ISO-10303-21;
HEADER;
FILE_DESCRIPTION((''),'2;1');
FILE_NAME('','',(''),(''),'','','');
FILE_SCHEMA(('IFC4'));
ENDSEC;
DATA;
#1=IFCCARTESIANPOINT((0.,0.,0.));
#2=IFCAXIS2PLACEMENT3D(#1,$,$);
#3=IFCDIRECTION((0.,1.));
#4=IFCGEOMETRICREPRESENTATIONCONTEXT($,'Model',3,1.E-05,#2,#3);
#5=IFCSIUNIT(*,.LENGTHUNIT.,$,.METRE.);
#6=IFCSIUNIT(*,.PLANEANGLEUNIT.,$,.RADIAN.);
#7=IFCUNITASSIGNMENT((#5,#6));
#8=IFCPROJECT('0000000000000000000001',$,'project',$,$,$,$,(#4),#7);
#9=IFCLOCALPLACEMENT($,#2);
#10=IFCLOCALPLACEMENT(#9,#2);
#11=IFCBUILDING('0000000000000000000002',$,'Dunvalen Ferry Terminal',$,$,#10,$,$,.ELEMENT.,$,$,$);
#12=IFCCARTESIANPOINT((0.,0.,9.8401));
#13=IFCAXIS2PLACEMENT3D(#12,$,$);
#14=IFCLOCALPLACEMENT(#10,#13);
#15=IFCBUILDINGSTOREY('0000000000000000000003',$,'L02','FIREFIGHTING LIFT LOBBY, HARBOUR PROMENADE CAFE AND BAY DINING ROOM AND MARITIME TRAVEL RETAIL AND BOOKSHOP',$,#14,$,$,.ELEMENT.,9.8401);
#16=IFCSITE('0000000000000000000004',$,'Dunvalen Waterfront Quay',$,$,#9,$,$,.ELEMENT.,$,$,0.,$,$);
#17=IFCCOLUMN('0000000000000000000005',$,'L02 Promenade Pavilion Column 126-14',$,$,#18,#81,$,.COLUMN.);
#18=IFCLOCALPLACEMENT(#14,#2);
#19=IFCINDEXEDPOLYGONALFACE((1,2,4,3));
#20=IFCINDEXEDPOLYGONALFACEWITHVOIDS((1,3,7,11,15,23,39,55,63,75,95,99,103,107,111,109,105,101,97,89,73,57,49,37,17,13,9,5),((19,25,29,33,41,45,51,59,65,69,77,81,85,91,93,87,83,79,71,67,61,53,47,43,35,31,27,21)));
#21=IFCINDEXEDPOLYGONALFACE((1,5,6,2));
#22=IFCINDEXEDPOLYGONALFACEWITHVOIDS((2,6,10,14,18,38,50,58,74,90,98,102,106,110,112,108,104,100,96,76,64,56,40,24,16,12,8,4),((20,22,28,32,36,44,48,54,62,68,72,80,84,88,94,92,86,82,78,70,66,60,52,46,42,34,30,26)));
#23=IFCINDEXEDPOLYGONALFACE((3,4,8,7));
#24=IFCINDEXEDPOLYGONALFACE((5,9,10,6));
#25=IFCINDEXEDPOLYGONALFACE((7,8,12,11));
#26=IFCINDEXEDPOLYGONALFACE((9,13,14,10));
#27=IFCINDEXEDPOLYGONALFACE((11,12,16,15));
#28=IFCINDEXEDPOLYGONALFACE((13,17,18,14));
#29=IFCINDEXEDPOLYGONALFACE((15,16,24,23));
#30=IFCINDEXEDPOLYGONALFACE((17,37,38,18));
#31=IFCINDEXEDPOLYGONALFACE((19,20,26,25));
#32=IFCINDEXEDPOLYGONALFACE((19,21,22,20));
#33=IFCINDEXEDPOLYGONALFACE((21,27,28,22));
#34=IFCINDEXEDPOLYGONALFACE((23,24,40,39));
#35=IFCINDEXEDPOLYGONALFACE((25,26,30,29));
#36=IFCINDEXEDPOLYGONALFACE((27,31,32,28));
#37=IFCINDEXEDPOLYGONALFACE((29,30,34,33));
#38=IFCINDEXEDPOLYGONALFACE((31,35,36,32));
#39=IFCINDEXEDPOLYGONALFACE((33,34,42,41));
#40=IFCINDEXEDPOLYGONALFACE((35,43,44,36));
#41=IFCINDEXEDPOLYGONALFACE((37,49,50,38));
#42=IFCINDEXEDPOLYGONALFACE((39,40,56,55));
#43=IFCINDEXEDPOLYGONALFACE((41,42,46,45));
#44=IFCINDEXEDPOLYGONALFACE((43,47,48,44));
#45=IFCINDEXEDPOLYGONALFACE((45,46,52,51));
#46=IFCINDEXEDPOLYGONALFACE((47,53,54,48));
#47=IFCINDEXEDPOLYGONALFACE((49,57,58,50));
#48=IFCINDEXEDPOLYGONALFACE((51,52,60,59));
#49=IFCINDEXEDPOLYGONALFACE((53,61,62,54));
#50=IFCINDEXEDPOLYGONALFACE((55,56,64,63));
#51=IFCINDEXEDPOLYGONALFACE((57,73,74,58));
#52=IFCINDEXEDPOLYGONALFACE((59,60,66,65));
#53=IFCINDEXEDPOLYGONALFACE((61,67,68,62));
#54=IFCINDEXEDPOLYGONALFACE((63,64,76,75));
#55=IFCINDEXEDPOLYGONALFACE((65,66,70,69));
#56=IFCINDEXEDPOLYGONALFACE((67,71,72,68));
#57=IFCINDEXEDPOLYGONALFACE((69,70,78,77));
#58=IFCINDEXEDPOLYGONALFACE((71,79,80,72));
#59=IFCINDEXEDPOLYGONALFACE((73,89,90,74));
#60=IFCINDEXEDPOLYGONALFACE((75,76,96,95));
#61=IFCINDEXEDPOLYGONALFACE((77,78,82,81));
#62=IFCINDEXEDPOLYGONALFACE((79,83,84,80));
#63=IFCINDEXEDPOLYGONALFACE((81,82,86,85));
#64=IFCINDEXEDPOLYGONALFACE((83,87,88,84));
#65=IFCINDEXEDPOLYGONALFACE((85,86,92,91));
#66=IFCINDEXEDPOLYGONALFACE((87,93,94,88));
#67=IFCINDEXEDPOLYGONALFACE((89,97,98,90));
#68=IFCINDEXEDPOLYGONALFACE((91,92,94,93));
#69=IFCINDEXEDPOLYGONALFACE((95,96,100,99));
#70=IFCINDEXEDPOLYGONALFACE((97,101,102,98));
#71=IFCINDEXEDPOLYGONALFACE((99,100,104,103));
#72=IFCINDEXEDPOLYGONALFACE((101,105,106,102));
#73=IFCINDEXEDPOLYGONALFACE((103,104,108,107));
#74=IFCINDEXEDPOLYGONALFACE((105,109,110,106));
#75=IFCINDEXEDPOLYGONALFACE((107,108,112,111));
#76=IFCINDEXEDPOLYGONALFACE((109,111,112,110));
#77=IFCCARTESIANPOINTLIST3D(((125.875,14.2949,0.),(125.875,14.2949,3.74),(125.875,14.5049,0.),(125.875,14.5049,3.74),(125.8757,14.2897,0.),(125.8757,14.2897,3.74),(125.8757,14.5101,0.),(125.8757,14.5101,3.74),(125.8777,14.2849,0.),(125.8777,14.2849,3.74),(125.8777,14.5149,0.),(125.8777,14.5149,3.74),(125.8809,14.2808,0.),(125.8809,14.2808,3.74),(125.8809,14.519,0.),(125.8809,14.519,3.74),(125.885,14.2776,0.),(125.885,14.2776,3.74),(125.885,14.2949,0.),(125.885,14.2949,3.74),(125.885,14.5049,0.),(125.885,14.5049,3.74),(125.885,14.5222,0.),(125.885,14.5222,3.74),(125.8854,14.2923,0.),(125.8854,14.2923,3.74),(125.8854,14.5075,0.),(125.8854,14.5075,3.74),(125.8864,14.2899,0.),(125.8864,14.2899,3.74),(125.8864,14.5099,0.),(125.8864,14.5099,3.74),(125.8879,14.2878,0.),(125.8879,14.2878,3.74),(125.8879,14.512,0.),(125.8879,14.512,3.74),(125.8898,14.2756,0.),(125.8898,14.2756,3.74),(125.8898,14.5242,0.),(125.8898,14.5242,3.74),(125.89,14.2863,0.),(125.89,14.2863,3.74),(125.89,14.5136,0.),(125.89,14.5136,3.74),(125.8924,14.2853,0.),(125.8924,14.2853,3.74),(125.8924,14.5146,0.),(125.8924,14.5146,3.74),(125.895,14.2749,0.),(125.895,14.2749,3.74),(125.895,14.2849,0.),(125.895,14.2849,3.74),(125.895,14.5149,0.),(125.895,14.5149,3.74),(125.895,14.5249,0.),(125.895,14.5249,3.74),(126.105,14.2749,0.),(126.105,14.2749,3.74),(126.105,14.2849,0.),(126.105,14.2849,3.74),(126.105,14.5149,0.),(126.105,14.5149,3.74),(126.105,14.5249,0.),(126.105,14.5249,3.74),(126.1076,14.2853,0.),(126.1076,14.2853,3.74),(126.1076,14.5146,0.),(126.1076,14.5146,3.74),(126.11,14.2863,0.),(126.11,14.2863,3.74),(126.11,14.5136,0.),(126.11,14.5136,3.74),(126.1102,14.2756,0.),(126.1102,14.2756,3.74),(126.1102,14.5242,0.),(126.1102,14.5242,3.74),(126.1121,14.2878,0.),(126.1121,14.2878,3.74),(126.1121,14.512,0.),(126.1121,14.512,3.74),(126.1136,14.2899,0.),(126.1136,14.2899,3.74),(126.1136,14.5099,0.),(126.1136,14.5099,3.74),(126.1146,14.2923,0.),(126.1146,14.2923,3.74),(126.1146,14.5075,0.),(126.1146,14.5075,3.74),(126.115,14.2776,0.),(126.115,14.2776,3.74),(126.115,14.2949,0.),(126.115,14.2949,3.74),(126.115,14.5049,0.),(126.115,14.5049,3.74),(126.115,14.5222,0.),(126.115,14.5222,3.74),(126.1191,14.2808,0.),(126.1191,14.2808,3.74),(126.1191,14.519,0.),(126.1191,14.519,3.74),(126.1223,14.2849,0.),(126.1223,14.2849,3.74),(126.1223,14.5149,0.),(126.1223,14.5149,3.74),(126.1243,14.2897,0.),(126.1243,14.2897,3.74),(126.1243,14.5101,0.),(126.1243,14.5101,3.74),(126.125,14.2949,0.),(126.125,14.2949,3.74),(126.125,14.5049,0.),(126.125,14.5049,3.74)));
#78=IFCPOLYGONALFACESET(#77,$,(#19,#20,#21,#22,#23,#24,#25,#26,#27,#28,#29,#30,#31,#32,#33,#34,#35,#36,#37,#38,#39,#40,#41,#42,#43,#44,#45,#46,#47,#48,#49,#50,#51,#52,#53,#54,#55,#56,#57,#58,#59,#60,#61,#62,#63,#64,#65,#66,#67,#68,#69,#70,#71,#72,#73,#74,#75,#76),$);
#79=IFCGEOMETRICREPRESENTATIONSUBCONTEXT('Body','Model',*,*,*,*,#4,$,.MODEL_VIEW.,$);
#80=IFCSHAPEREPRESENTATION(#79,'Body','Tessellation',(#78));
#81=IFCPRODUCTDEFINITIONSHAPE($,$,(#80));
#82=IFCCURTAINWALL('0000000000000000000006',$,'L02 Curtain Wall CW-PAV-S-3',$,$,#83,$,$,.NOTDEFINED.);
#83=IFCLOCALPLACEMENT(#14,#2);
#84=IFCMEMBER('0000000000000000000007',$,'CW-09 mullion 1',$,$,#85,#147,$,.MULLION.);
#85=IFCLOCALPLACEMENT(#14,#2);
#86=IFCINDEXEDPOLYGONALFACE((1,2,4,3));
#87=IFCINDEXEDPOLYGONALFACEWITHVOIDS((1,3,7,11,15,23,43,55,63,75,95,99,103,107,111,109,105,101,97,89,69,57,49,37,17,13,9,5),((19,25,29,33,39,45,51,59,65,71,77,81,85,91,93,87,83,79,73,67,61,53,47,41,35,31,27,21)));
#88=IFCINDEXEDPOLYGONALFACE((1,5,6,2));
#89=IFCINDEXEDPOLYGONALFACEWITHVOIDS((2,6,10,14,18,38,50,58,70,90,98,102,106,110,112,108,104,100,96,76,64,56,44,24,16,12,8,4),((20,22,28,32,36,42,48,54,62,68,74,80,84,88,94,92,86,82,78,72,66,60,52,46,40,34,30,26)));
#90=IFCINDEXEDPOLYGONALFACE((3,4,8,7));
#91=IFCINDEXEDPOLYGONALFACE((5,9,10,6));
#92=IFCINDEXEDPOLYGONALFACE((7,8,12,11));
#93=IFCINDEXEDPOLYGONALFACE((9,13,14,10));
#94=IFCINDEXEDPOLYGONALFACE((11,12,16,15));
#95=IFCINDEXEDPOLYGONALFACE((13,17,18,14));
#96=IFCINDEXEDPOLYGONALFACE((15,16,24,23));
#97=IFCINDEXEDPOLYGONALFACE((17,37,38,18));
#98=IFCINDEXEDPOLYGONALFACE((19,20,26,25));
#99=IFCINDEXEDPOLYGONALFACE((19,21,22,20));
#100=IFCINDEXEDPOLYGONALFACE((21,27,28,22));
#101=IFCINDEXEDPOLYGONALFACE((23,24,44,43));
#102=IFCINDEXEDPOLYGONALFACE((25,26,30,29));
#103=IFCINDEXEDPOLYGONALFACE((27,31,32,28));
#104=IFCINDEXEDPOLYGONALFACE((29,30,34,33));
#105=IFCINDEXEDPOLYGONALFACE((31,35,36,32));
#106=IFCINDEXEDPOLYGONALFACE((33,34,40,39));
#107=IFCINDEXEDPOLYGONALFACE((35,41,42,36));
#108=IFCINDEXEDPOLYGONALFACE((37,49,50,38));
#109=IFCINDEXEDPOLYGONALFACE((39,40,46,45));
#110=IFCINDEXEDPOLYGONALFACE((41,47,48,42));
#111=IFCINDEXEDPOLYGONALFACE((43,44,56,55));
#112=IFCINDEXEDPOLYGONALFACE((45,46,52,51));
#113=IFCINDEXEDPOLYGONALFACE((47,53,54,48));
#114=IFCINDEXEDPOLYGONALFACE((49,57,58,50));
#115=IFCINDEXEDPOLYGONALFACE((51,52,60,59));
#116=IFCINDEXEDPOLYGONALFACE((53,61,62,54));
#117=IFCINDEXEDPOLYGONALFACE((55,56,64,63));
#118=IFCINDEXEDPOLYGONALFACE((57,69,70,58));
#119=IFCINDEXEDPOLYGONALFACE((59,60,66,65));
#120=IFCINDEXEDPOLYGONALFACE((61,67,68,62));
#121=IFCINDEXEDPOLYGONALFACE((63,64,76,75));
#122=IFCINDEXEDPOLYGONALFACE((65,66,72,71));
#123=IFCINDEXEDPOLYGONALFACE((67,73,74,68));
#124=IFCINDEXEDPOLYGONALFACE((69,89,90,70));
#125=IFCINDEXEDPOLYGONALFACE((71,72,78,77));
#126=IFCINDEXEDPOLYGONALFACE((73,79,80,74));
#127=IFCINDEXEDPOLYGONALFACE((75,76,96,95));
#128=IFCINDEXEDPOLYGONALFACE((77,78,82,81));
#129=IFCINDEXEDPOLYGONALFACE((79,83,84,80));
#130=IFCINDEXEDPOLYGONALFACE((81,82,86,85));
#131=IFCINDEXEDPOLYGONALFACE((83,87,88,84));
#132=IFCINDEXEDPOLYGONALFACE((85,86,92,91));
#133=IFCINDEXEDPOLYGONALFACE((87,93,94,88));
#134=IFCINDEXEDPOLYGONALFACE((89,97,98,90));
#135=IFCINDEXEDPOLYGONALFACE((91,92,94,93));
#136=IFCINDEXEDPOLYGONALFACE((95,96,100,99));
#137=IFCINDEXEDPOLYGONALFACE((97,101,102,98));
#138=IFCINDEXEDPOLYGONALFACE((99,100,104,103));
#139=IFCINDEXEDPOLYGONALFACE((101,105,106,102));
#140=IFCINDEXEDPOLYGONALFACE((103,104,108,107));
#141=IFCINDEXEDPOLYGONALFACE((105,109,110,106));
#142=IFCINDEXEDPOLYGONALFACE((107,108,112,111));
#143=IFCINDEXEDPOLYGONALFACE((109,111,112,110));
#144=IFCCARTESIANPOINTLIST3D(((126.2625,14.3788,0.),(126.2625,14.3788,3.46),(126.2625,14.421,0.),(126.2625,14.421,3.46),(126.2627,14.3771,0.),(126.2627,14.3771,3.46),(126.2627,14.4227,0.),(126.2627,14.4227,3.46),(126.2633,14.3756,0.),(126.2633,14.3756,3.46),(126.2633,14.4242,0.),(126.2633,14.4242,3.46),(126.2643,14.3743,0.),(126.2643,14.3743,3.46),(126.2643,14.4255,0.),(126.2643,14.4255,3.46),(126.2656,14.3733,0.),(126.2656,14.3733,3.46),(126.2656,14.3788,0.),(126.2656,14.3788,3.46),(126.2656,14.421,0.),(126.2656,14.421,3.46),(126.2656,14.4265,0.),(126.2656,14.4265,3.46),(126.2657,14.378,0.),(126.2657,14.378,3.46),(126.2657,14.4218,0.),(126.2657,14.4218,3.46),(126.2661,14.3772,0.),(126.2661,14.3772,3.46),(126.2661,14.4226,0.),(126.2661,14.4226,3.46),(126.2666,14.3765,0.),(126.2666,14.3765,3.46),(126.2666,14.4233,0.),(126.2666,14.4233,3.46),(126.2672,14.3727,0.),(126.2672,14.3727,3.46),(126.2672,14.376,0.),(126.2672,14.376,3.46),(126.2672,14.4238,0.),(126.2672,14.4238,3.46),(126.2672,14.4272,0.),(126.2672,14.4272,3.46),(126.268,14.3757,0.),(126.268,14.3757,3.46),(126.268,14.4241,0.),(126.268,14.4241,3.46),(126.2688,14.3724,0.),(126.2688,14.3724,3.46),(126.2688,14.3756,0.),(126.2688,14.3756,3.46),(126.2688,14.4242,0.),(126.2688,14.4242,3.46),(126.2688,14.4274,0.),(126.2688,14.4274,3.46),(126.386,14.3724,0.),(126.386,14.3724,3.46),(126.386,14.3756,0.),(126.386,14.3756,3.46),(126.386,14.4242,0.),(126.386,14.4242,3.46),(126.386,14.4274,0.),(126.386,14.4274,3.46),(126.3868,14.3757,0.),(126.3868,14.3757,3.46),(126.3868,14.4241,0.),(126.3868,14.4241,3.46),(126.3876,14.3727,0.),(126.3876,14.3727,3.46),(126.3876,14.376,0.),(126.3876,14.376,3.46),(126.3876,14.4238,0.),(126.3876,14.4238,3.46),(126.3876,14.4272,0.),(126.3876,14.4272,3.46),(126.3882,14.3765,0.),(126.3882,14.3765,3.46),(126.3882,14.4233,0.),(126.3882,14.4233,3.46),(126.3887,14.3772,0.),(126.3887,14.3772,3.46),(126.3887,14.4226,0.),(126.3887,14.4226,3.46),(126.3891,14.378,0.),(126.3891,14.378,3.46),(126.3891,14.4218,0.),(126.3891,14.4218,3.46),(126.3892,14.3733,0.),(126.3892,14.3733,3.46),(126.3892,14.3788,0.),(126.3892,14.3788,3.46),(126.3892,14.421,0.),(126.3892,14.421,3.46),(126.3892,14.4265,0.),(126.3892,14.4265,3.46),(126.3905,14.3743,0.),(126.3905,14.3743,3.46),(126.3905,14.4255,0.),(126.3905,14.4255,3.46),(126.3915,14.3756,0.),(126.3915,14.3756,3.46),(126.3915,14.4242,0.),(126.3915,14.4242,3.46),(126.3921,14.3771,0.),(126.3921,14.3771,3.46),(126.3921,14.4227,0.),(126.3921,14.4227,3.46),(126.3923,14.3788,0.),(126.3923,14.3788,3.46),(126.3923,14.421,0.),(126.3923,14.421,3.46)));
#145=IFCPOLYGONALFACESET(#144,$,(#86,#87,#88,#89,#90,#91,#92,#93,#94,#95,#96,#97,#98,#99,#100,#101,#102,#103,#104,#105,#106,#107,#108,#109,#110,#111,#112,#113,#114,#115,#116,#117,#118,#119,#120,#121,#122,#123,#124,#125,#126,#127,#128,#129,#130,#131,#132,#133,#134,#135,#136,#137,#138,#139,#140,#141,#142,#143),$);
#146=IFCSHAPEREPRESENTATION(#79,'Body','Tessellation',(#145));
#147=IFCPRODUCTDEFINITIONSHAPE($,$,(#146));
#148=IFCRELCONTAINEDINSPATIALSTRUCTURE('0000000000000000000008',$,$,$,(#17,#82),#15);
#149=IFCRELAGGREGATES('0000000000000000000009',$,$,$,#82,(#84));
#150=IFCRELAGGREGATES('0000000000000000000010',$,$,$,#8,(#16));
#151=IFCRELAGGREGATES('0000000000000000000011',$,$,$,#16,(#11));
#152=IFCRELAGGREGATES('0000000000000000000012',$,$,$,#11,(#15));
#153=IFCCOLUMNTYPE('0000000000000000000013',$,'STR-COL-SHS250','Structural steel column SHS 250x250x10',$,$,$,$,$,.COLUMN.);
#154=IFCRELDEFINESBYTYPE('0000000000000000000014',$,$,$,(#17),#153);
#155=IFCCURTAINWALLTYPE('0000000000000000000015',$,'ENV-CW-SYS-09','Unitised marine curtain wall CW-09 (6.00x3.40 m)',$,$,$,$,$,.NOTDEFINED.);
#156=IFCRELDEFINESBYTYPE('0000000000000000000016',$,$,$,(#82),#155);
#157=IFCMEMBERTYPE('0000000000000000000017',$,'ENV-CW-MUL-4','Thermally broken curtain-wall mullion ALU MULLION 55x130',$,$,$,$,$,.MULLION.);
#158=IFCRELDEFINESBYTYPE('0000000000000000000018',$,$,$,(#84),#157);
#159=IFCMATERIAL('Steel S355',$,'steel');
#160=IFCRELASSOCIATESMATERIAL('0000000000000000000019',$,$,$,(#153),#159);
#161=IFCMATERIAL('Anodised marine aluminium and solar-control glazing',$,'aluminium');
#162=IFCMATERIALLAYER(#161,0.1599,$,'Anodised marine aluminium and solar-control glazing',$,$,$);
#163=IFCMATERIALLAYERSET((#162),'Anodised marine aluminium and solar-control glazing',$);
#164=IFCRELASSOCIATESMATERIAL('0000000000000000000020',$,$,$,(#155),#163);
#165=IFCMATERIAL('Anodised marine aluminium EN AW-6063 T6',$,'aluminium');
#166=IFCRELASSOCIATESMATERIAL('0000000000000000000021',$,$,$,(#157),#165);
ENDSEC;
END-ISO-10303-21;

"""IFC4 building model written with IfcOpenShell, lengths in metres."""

from ifc_helpers import new_model, si_unit, direction, frame, origin, origin_2d, place, context, subcontext, project, spatial, hollow_rectangle, extrude, material, layer, layer_set, material_profile, profile_set, type_object, element, aggregate, save


model = new_model("IFC4")

# Units and contexts
model_context = context("Model", 3, precision=1e-05, world=origin(), true_north=direction((0.0, 1.0)))
body_context = subcontext(model_context, "Body", "Model", "MODEL_VIEW")
ifc_project = project(units=[si_unit("LENGTHUNIT", "METRE"), si_unit("PLANEANGLEUNIT", "RADIAN")], contexts=[model_context])

# Site, building, storey
site_placement = place(None, origin())
site = spatial("IfcSite", under=ifc_project, at=site_placement, Name="Dunvalen Waterfront Quay", CompositionType="ELEMENT", RefElevation=0.0)
building_placement = place(site_placement, origin())
building = spatial("IfcBuilding", under=site, at=building_placement, Name="Dunvalen Ferry Terminal", CompositionType="ELEMENT")
storey_placement = place(building_placement, frame((0.0, 0.0, 9.8401)))
storey = spatial("IfcBuildingStorey", under=building, at=storey_placement, Name="L02", Description="FIREFIGHTING LIFT LOBBY, HARBOUR PROMENADE CAFE AND BAY DINING ROOM AND MARITIME TRAVEL RETAIL AND BOOKSHOP", CompositionType="ELEMENT", Elevation=9.8401)

# Column
ifc_material_1 = material(Name="Steel S355", Category="steel")
ifc_material_profile_1 = material_profile(ifc_material_1, hollow_rectangle(XDim=0.25, YDim=0.25, WallThickness=0.01, InnerFilletRadius=0.01, OuterFilletRadius=0.02, at=origin_2d()), Name="Steel S355")
ifc_profile_set_1 = profile_set([ifc_material_profile_1], Name="Steel S355")
column_type = type_object("IfcColumnType", Name="STR-COL-SHS250", Description="Structural steel column SHS 250x250x10", PredefinedType="COLUMN", material=ifc_profile_set_1)
column_placement = place(storey_placement, frame((126.0, 14.3999, 0.0), z_axis=(0.0, 0.0, 1.0), x_axis=(1.0, 0.0, 0.0)))
element("IfcColumn", 1, at=column_placement, inside=storey, type_object=column_type, Name="L02 Promenade Pavilion Column 126-14", PredefinedType="COLUMN", context=body_context, shape_type="SweptSolid", body=[
    extrude(hollow_rectangle(XDim=0.25, YDim=0.25, WallThickness=0.01, InnerFilletRadius=0.01, OuterFilletRadius=0.02, at=origin_2d()), origin(), (0.0, 0.0, 1.0), 3.74),
])

# Curtain wall, member
ifc_material_2 = material(Name="Anodised marine aluminium and solar-control glazing", Category="aluminium")
ifc_layer_1 = layer(ifc_material_2, 0.1599, Name="Anodised marine aluminium and solar-control glazing")
ifc_layer_set_1 = layer_set([ifc_layer_1], Name="Anodised marine aluminium and solar-control glazing")
curtain_wall_type = type_object("IfcCurtainWallType", Name="ENV-CW-SYS-09", Description="Unitised marine curtain wall CW-09 (6.00x3.40 m)", PredefinedType="NOTDEFINED", material=ifc_layer_set_1)
curtain_wall_placement = place(storey_placement, origin())
curtain_wall = element("IfcCurtainWall", 2, at=curtain_wall_placement, inside=storey, type_object=curtain_wall_type, Name="L02 Curtain Wall CW-PAV-S-3", PredefinedType="NOTDEFINED")
ifc_material_3 = material(Name="Anodised marine aluminium EN AW-6063 T6", Category="aluminium")
ifc_material_profile_2 = material_profile(ifc_material_3, hollow_rectangle(XDim=0.0549, YDim=0.1299, WallThickness=0.0032, InnerFilletRadius=0.0032, OuterFilletRadius=0.0063, at=origin_2d()), Name="Anodised marine aluminium EN AW-6063 T6")
ifc_profile_set_2 = profile_set([ifc_material_profile_2], Name="Anodised marine aluminium EN AW-6063 T6")
member_type_1 = type_object("IfcMemberType", Name="ENV-CW-MUL-4", Description="Thermally broken curtain-wall mullion ALU MULLION 55x130", PredefinedType="MULLION", material=ifc_profile_set_2)
member_1_placement = place(storey_placement, frame((126.3274, 14.3999, 0.0), z_axis=(0.0, 0.0, 1.0), x_axis=(0.0, 1.0, 0.0)))
member_1 = element("IfcMember", 3, at=member_1_placement, type_object=member_type_1, Name="CW-09 mullion 1", PredefinedType="MULLION", context=body_context, shape_type="SweptSolid", body=[
    extrude(hollow_rectangle(XDim=0.0549, YDim=0.1299, WallThickness=0.0032, InnerFilletRadius=0.0032, OuterFilletRadius=0.0063, at=origin_2d()), origin(), (0.0, 0.0, 1.0), 3.46),
])

aggregate(curtain_wall, [member_1])

save(model, "model.ifc")
